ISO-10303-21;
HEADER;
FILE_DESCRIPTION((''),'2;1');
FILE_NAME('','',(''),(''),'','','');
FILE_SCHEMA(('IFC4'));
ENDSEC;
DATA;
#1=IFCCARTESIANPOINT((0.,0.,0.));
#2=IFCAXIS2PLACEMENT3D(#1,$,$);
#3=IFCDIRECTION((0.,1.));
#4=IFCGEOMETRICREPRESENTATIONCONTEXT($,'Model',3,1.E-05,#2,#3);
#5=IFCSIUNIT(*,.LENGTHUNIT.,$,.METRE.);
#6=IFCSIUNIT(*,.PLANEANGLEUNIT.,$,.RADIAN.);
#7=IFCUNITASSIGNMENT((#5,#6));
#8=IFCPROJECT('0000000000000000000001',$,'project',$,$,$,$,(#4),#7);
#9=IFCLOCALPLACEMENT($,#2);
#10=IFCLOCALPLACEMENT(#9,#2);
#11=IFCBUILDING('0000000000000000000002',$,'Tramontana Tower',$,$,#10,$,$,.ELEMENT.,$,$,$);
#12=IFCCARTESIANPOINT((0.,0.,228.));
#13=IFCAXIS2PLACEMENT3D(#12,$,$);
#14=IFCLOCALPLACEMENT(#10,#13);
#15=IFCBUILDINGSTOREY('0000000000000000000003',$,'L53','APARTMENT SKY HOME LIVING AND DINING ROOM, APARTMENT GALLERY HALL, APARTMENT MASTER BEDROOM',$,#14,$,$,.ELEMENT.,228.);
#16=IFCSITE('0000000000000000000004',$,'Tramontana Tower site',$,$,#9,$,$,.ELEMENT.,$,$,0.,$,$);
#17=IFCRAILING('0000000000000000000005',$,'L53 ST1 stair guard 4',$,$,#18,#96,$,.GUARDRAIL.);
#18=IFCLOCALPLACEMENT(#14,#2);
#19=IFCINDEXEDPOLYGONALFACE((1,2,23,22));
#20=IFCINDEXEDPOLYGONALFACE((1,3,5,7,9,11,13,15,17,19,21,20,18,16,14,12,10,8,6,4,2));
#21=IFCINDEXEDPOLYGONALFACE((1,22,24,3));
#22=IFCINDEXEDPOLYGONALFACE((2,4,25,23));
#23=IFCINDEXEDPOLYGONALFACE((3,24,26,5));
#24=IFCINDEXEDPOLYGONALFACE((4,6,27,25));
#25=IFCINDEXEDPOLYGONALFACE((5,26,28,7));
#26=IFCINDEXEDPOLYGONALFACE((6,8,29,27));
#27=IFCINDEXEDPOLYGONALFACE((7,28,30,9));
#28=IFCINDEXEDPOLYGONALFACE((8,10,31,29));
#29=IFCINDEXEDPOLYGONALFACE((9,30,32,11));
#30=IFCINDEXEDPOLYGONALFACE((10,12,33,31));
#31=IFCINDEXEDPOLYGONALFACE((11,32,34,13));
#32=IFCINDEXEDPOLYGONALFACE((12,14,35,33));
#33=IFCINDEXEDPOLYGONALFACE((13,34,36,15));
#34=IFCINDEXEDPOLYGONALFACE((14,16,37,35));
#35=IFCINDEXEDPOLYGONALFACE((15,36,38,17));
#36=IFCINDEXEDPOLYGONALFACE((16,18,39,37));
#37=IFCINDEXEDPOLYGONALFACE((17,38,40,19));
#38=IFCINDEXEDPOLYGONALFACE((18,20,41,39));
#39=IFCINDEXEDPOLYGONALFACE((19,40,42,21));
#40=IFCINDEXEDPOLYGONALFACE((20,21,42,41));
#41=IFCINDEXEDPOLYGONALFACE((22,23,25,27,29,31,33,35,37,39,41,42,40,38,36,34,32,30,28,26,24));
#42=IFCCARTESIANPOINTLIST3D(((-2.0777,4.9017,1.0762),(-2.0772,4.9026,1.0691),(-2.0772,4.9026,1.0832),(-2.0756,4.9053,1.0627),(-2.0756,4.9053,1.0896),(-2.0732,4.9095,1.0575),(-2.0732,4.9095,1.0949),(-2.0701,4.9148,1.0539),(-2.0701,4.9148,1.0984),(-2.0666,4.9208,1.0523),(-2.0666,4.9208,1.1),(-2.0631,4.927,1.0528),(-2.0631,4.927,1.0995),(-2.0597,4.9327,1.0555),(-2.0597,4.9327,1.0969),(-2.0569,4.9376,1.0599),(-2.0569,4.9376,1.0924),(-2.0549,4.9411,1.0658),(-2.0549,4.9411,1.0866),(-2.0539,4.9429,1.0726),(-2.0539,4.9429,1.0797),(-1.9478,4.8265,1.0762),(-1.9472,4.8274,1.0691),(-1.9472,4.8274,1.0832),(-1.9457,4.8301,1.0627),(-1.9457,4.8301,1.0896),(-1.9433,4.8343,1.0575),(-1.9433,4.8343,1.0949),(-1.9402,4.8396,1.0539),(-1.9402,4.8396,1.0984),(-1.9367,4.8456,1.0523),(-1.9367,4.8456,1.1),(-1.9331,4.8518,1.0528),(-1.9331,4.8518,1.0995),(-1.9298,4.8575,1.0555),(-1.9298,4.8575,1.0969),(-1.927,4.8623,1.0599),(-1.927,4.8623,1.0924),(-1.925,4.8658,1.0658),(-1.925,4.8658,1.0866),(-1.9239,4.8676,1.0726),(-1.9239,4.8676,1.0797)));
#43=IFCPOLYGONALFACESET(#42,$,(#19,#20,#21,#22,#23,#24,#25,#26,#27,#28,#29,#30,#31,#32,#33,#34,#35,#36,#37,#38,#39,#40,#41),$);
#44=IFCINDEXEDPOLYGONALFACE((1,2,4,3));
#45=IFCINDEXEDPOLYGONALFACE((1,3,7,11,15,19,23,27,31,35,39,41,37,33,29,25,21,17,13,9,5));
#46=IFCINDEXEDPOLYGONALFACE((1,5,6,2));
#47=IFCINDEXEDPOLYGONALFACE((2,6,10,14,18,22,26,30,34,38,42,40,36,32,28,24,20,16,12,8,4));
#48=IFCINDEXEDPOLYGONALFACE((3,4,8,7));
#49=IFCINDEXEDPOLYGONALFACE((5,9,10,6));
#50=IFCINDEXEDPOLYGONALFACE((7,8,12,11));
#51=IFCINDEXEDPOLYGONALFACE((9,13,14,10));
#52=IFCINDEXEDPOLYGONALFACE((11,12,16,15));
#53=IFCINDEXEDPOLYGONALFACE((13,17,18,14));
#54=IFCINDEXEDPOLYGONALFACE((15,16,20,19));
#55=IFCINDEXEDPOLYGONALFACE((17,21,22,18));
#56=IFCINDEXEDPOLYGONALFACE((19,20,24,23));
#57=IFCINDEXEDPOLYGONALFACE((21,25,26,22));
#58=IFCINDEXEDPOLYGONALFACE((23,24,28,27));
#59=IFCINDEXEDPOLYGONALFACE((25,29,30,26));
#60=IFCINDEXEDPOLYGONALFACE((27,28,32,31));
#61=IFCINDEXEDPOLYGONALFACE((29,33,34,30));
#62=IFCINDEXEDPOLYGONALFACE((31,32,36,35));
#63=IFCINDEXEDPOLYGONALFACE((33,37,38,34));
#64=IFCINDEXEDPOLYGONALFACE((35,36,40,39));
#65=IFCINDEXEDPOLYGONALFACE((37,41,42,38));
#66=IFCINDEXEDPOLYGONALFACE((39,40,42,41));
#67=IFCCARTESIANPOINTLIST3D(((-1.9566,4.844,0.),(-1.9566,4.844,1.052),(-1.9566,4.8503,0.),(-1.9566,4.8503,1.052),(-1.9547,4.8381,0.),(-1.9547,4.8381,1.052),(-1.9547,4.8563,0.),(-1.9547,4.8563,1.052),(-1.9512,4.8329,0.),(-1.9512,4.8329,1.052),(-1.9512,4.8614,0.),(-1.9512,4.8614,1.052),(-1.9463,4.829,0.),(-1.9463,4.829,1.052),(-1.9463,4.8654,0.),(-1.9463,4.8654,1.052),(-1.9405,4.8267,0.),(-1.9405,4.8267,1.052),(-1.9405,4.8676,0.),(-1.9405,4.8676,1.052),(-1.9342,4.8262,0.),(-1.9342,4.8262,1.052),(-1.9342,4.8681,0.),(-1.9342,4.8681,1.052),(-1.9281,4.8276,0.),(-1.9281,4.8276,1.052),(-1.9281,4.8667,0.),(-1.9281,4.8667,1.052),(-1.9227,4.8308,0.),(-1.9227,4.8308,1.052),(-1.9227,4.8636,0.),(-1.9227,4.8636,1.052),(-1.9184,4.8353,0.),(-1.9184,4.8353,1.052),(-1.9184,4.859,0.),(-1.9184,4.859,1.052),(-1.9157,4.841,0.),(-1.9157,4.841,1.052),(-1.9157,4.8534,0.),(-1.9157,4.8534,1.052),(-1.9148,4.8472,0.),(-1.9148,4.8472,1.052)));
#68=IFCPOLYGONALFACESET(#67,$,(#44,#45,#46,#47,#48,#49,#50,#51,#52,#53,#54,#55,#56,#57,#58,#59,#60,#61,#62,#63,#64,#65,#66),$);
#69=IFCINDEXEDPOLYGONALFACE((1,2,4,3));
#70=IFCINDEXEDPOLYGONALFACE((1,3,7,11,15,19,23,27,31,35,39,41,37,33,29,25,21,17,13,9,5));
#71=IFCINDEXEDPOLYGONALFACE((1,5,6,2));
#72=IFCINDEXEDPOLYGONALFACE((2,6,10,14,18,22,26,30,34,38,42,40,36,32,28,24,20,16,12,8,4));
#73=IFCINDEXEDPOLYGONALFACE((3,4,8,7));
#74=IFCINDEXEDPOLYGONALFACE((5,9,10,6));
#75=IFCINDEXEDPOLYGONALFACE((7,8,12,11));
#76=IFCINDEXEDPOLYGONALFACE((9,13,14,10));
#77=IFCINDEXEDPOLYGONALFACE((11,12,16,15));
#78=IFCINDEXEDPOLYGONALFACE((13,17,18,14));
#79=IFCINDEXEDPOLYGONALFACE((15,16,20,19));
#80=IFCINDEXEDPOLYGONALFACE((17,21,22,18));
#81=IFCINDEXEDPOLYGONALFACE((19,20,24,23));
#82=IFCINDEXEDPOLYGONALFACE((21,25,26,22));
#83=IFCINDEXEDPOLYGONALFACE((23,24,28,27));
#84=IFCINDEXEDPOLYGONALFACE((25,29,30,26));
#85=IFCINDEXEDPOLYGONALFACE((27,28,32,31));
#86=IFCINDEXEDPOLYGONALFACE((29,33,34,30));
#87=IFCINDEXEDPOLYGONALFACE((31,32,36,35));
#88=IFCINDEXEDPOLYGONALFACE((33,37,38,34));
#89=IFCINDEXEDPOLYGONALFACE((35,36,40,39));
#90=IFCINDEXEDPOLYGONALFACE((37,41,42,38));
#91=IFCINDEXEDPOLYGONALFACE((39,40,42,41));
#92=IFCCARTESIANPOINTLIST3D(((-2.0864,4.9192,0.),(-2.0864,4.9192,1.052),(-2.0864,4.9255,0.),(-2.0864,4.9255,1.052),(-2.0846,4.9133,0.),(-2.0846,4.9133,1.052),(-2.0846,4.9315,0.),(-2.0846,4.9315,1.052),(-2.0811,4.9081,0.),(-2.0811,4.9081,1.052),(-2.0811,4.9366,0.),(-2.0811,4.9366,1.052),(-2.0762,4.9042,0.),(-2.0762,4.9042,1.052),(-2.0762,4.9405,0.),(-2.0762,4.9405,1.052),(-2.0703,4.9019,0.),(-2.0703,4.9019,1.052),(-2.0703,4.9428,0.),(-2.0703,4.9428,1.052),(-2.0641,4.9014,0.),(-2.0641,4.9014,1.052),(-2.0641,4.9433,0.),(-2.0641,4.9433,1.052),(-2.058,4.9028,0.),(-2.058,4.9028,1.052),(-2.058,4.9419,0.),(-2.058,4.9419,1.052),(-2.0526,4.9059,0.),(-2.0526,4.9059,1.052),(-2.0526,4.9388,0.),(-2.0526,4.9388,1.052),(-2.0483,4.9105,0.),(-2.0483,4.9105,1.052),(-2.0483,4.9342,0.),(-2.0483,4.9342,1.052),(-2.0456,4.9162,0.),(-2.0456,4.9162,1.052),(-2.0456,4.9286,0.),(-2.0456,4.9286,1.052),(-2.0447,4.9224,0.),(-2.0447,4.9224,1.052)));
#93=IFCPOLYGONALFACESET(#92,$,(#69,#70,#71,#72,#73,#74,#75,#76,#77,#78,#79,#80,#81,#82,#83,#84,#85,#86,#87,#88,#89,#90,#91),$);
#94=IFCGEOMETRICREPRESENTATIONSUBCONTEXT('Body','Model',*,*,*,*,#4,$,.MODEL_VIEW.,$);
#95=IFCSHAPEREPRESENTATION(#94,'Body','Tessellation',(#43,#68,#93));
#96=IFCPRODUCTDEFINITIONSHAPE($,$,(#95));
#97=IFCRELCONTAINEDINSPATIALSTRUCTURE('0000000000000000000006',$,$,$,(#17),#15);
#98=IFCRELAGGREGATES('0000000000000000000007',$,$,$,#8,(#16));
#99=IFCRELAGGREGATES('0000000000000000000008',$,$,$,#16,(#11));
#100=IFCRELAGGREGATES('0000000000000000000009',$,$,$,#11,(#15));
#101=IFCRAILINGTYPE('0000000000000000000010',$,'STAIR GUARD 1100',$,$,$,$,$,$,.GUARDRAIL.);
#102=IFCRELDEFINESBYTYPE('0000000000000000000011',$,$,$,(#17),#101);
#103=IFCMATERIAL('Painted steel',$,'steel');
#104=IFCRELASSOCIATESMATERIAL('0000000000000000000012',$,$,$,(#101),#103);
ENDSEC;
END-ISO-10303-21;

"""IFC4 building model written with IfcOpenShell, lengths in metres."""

from ifc_helpers import new_model, si_unit, direction, frame, origin, origin_2d, place, context, subcontext, project, spatial, circle, extrude, material, type_object, element, save


model = new_model("IFC4")

# Units and contexts
model_context = context("Model", 3, precision=1e-05, world=origin(), true_north=direction((0.0, 1.0)))
body_context = subcontext(model_context, "Body", "Model", "MODEL_VIEW")
ifc_project = project(units=[si_unit("LENGTHUNIT", "METRE"), si_unit("PLANEANGLEUNIT", "RADIAN")], contexts=[model_context])

# Site, building, storey
site_placement = place(None, origin())
site = spatial("IfcSite", under=ifc_project, at=site_placement, Name="Tramontana Tower site", CompositionType="ELEMENT", RefElevation=0.0)
building_placement = place(site_placement, origin())
building = spatial("IfcBuilding", under=site, at=building_placement, Name="Tramontana Tower", CompositionType="ELEMENT")
storey_placement = place(building_placement, frame((0.0, 0.0, 228.0)))
storey = spatial("IfcBuildingStorey", under=building, at=storey_placement, Name="L53", Description="APARTMENT SKY HOME LIVING AND DINING ROOM, APARTMENT GALLERY HALL, APARTMENT MASTER BEDROOM", CompositionType="ELEMENT", Elevation=228.0)

# Railing
ifc_material_1 = material(Name="Painted steel", Category="steel")
railing_type = type_object("IfcRailingType", Name="STAIR GUARD 1100", PredefinedType="GUARDRAIL", material=ifc_material_1)
railing_1_placement = place(storey_placement, frame((-1.9358, 4.8472, 0.0)))
element("IfcRailing", 1, at=railing_1_placement, inside=storey, type_object=railing_type, Name="L53 ST1 stair guard 4", PredefinedType="GUARDRAIL", context=body_context, shape_type="SweptSolid", body=[
    extrude(circle(Radius=0.0239, at=origin_2d()), frame((0.0, 0.0, 1.0762), z_axis=(-0.865426, 0.501036, 0.0), x_axis=(-0.501036, -0.865426, 0.0)), (0.0, 0.0, 1.0), 0.1501),
    extrude(circle(Radius=0.021, at=origin_2d()), origin(), (0.0, 0.0, 1.0), 1.052),
    extrude(circle(Radius=0.021, at=origin_2d()), frame((-0.1299, 0.0752, 0.0)), (0.0, 0.0, 1.0), 1.052),
])

save(model, "model.ifc")
